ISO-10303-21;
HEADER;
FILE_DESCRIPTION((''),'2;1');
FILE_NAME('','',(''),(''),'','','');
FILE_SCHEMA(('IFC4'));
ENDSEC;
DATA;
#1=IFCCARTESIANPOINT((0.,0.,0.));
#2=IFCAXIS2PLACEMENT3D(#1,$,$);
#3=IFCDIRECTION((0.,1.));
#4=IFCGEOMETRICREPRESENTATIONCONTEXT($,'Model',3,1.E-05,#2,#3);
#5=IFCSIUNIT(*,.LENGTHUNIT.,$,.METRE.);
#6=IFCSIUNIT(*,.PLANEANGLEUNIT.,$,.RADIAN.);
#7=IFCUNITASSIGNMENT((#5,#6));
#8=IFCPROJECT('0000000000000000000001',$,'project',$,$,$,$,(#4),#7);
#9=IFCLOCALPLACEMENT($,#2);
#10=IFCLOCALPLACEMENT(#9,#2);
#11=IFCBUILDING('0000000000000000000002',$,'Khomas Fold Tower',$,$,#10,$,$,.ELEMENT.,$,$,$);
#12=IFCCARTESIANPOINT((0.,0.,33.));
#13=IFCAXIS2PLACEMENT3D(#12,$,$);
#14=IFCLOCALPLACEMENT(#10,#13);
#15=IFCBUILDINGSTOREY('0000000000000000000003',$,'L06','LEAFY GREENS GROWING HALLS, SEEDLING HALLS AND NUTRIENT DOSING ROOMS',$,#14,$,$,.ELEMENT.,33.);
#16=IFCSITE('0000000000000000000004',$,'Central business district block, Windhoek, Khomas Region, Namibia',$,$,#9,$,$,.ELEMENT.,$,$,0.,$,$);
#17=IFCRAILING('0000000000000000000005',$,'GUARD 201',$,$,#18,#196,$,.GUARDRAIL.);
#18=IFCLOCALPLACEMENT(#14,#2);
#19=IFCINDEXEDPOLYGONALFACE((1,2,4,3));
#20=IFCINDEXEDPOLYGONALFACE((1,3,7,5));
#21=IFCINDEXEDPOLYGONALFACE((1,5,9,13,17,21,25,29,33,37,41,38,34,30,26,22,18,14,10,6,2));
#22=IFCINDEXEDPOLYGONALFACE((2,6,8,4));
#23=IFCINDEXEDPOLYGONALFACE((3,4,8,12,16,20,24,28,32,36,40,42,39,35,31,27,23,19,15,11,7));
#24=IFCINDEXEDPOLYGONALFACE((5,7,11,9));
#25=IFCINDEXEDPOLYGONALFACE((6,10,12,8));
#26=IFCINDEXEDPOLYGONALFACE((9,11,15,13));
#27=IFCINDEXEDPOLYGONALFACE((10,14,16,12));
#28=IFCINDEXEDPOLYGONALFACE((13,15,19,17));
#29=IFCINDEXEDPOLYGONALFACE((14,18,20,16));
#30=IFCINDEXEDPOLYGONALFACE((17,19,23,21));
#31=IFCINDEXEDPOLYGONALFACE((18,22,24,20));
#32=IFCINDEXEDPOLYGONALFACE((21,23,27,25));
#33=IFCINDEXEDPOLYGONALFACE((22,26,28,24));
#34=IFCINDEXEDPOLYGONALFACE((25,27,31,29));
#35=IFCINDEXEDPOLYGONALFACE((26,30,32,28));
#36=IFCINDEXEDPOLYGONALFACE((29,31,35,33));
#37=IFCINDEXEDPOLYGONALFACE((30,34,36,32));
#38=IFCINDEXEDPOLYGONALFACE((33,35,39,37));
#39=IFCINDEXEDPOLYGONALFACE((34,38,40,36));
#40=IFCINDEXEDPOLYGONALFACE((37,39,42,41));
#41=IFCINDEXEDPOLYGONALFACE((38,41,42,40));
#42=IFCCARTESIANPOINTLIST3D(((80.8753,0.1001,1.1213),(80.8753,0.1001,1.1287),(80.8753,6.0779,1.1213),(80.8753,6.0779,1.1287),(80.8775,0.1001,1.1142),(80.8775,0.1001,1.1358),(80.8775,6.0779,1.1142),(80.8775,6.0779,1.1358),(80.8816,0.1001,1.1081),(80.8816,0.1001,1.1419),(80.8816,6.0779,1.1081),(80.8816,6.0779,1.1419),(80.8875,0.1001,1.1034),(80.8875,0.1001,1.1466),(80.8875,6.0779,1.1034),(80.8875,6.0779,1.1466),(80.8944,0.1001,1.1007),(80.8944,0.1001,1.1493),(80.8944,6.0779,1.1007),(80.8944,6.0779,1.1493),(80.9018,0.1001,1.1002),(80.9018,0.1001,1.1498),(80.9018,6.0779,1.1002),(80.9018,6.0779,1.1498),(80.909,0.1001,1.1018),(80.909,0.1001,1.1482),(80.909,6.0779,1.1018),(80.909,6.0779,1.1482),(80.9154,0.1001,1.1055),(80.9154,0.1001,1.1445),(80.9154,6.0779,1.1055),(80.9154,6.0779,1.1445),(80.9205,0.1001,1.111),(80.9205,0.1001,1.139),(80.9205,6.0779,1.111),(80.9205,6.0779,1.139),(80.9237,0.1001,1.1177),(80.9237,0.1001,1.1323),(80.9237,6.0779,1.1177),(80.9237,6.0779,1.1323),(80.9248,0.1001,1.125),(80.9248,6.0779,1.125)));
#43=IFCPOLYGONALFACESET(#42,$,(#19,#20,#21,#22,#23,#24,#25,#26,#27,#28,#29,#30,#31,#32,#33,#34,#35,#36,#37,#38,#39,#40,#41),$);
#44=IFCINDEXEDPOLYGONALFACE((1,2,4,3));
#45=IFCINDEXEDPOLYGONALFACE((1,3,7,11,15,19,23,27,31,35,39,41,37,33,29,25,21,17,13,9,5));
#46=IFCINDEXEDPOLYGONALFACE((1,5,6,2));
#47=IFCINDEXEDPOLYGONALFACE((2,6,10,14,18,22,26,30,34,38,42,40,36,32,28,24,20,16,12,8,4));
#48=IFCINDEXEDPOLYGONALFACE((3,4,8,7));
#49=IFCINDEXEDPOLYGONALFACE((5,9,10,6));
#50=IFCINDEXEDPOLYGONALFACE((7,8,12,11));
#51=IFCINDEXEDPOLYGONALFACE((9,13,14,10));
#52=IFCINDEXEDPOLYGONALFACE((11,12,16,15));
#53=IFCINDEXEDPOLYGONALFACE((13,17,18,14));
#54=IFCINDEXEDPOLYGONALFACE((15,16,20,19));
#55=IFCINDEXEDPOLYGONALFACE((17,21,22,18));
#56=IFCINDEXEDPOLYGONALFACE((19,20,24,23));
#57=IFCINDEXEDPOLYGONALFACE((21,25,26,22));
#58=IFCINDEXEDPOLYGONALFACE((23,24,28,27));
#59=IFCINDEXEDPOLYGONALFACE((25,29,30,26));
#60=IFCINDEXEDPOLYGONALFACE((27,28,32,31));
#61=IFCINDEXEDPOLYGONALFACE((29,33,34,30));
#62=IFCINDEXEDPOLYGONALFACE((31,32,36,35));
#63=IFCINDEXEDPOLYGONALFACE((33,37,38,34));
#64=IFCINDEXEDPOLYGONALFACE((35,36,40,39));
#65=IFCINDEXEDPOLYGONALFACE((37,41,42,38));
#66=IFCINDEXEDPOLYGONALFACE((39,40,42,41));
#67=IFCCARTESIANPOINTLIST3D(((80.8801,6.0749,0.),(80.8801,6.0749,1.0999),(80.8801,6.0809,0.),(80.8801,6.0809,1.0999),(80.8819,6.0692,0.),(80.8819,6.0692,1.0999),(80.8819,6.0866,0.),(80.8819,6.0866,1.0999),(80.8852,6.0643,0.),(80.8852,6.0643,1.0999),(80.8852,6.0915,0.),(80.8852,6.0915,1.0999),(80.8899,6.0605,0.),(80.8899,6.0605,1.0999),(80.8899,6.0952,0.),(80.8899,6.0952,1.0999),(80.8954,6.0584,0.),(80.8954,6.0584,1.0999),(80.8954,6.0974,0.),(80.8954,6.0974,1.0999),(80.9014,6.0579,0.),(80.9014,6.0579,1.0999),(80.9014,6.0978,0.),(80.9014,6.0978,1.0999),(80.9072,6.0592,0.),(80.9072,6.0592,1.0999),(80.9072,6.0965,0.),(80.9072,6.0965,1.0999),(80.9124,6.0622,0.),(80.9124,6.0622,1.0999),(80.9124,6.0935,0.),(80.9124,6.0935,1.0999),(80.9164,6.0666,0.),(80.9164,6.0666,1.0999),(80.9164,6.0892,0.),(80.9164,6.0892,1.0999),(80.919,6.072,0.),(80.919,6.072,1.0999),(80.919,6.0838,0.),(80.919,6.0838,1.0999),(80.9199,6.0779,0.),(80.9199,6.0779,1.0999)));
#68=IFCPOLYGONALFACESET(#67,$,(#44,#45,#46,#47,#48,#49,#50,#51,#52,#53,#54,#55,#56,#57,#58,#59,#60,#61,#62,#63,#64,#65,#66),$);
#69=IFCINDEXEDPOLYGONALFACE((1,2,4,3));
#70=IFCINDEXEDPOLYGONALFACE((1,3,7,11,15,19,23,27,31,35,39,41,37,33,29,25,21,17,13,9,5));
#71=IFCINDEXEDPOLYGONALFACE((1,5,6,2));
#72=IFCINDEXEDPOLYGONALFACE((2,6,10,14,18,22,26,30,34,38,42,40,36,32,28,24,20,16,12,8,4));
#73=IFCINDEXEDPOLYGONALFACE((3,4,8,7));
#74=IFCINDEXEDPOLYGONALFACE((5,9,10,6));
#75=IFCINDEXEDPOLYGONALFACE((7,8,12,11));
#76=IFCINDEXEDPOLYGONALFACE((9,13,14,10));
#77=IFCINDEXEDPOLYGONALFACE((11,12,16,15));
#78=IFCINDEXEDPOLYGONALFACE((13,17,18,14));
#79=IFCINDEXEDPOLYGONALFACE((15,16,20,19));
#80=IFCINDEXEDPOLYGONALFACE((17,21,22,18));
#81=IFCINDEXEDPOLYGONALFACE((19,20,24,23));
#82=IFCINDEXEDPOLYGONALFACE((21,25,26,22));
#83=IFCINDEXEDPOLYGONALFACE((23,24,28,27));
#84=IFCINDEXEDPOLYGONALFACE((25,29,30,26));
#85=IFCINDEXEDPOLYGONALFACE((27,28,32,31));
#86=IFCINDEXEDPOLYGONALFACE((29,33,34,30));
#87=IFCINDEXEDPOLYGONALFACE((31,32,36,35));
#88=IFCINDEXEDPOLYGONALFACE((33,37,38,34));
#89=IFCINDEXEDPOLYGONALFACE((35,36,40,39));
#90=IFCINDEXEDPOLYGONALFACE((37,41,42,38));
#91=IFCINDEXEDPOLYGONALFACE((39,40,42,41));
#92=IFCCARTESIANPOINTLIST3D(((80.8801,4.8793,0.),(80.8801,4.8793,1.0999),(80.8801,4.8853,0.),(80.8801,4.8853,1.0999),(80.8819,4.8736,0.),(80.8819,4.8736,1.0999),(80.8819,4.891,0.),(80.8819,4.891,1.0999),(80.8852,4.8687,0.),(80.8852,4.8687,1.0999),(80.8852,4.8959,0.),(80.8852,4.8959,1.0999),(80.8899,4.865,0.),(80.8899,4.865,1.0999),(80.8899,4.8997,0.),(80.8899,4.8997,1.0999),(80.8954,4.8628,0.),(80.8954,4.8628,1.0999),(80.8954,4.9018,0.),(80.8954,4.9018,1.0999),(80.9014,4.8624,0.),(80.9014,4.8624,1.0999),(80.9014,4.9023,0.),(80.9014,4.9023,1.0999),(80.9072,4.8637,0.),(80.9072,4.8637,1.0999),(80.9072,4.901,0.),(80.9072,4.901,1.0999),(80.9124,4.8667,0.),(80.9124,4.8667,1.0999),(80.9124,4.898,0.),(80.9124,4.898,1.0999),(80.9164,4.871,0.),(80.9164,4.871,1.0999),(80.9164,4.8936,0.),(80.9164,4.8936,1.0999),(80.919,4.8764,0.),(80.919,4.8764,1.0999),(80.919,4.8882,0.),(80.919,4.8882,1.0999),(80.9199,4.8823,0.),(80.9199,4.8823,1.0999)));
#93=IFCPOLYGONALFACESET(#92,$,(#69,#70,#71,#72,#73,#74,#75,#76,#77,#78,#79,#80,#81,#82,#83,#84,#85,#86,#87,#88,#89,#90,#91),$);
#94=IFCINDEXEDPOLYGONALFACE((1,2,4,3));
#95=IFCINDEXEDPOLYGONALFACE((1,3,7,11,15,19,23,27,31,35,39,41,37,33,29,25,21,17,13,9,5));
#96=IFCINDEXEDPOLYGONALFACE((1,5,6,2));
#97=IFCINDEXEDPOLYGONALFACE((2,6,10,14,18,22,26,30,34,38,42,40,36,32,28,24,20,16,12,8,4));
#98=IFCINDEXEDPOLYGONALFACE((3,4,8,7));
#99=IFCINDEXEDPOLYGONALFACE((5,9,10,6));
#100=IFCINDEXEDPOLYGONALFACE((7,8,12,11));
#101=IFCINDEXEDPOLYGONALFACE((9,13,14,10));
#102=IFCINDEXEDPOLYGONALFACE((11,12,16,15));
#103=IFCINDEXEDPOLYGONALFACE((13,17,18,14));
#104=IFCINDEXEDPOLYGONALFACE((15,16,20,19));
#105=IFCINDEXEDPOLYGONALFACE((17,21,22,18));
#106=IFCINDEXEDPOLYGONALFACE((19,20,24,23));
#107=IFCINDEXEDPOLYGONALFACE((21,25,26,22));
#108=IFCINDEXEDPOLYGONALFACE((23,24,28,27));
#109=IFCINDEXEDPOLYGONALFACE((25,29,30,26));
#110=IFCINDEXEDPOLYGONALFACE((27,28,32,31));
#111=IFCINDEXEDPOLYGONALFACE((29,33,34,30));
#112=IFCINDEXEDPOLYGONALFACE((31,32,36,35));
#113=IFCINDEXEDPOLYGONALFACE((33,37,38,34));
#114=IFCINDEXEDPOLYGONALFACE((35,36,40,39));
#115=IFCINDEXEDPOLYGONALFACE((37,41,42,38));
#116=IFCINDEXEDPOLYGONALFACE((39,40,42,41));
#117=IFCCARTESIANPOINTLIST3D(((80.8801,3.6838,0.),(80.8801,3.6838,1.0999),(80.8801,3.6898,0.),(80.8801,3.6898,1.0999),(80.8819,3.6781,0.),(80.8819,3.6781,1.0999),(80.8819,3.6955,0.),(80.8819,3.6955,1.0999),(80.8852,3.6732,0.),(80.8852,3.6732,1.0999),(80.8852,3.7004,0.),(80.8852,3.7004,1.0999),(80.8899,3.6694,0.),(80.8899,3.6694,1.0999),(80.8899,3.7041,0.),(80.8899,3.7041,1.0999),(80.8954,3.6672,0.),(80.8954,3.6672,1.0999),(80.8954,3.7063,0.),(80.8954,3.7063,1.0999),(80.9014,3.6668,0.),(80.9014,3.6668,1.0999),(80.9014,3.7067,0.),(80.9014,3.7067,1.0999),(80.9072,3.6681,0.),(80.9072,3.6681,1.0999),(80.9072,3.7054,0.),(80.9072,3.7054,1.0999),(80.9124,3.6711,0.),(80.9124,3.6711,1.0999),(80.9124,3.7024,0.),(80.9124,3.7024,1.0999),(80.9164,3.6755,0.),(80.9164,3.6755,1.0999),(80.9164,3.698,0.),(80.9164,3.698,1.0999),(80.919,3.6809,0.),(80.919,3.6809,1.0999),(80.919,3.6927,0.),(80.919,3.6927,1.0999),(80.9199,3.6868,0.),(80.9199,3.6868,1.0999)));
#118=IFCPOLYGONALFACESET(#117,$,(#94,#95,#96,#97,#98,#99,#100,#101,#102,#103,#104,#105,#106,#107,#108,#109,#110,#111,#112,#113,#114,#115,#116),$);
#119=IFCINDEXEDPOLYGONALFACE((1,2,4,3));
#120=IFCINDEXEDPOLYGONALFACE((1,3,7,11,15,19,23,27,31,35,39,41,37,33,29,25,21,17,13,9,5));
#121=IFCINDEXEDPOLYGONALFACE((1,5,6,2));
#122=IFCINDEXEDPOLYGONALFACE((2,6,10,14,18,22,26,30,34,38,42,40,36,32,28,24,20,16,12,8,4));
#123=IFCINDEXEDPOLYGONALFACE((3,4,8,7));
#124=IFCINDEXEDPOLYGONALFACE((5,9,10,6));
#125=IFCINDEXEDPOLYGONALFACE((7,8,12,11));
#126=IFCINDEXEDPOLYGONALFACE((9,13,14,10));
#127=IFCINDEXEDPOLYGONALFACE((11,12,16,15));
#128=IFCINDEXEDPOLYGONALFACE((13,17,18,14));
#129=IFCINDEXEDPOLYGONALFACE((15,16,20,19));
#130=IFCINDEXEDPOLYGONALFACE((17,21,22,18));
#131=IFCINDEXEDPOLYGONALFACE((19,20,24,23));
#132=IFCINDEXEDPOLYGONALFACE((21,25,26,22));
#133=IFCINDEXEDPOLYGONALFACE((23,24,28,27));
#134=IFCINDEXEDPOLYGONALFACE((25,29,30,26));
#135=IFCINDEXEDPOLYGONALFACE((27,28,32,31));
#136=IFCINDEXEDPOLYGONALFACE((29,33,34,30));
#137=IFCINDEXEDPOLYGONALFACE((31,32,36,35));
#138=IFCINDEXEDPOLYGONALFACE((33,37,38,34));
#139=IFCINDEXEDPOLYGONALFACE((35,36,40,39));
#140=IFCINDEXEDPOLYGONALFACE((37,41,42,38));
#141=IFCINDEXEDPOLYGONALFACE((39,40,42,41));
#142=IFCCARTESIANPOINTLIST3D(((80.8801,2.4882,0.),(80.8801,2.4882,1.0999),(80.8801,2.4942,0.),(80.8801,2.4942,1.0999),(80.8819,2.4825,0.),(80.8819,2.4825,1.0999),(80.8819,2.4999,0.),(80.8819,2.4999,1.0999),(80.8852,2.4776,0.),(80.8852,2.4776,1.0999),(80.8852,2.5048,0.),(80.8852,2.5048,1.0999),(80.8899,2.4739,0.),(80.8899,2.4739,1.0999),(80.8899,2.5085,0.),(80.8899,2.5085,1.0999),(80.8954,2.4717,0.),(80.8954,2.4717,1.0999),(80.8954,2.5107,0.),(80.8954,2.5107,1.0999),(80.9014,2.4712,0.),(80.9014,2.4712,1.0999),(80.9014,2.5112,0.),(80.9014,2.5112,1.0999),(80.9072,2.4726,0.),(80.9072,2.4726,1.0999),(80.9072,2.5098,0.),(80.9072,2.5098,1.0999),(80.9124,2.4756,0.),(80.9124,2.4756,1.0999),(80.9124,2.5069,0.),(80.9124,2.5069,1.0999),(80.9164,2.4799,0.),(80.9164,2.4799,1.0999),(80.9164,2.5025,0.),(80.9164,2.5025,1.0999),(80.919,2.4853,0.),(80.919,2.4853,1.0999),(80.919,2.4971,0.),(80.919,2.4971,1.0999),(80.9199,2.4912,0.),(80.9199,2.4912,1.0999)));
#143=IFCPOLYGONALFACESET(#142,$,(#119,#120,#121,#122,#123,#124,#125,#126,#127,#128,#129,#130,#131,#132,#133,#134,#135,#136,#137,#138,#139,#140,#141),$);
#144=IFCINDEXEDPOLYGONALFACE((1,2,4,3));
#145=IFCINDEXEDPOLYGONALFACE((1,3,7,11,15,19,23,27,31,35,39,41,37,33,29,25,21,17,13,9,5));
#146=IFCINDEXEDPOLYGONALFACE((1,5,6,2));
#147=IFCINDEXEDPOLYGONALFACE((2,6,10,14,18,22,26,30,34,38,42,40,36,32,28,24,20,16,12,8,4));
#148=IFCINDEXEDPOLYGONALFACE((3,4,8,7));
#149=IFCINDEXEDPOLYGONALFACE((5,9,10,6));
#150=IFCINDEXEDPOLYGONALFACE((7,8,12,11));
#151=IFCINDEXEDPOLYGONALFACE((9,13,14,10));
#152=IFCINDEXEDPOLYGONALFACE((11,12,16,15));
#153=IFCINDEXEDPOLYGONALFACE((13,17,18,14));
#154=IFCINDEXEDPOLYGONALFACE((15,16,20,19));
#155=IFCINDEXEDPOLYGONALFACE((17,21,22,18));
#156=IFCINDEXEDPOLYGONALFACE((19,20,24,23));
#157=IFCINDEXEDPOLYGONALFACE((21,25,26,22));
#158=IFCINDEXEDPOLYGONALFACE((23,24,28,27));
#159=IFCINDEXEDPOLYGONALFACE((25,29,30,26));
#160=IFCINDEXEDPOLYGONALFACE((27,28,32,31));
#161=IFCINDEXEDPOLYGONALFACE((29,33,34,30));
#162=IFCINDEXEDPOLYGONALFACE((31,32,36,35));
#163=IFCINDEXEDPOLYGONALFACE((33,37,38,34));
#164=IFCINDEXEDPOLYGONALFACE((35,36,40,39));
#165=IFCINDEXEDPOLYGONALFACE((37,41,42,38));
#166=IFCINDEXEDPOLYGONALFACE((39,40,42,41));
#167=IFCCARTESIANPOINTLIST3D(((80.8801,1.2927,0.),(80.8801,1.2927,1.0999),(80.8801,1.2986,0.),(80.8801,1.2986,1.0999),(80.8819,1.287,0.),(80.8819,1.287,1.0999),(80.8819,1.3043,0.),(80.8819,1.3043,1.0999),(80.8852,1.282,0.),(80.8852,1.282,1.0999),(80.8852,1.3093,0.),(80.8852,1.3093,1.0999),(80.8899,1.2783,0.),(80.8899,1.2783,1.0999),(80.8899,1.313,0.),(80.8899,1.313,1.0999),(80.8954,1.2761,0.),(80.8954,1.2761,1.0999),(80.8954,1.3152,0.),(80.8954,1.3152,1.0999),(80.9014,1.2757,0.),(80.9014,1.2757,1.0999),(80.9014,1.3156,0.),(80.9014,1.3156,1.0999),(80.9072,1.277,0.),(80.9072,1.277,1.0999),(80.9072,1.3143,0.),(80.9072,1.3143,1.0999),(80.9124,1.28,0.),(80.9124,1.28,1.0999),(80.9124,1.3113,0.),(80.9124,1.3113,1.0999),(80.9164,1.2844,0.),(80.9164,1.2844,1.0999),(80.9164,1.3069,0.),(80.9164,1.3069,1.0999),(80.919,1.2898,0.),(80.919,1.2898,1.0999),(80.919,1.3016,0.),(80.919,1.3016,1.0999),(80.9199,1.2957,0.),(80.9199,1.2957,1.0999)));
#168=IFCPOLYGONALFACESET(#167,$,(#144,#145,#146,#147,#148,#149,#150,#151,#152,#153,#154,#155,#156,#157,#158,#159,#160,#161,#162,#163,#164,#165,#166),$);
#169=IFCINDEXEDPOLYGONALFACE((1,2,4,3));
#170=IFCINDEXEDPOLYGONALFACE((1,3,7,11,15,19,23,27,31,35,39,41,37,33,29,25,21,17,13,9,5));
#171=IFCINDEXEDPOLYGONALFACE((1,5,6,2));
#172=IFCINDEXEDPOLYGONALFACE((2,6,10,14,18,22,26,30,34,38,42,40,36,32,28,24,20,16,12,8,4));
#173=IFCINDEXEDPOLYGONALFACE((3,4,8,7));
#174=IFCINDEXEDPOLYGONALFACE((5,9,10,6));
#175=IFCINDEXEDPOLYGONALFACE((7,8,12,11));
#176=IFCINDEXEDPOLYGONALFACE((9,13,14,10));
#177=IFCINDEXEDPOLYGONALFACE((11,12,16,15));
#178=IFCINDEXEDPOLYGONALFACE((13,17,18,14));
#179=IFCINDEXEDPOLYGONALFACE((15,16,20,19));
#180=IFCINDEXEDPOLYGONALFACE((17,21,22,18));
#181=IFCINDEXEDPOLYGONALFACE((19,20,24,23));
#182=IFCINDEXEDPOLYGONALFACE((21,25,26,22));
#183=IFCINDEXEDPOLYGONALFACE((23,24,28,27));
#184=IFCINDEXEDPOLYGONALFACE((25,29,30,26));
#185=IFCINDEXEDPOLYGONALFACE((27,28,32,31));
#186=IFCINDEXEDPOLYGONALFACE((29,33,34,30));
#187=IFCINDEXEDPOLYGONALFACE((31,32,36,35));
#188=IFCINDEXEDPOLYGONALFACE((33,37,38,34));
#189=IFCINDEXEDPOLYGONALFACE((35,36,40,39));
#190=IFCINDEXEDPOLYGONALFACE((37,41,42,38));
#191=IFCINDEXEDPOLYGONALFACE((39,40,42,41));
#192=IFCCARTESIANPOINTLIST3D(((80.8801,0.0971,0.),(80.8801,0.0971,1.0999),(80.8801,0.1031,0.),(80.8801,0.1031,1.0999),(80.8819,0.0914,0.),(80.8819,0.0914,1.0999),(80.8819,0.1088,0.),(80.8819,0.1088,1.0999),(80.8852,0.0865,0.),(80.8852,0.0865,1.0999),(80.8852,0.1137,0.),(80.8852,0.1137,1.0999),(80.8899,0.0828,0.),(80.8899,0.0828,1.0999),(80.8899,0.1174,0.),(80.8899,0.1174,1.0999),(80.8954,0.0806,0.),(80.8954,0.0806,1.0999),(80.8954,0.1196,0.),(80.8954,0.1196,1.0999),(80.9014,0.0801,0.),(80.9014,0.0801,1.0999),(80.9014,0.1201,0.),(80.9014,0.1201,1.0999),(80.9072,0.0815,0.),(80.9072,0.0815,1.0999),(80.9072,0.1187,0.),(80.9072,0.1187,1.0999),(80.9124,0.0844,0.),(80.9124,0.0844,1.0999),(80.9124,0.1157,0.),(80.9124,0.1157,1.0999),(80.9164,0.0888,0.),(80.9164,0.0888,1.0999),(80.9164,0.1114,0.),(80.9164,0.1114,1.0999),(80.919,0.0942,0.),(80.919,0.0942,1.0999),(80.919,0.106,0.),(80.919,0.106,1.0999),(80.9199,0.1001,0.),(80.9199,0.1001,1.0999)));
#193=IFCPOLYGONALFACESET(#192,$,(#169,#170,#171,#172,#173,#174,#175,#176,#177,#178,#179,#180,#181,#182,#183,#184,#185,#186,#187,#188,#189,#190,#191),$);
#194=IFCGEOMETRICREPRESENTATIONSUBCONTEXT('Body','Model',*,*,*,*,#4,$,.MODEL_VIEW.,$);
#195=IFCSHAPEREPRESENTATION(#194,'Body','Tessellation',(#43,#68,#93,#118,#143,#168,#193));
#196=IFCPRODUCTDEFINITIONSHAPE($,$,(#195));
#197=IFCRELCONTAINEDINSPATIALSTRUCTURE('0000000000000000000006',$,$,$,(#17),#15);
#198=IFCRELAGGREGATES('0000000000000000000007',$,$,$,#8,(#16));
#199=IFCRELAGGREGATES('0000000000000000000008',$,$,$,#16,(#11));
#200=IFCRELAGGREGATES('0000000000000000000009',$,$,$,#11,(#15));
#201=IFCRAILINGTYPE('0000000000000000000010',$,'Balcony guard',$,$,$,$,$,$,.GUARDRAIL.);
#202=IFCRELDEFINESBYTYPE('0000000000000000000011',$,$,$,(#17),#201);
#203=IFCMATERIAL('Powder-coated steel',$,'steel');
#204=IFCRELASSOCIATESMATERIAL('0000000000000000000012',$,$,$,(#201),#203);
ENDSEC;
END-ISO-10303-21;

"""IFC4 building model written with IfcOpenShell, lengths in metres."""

from ifc_helpers import new_model, si_unit, direction, frame, origin, origin_2d, place, context, subcontext, project, spatial, circle, extrude, source, transform, mapped, material, type_object, element, save


model = new_model("IFC4")

# Units and contexts
model_context = context("Model", 3, precision=1e-05, world=origin(), true_north=direction((0.0, 1.0)))
body_context = subcontext(model_context, "Body", "Model", "MODEL_VIEW")
ifc_project = project(units=[si_unit("LENGTHUNIT", "METRE"), si_unit("PLANEANGLEUNIT", "RADIAN")], contexts=[model_context])

# Site, building, storey
site_placement = place(None, origin())
site = spatial("IfcSite", under=ifc_project, at=site_placement, Name="Central business district block, Windhoek, Khomas Region, Namibia", CompositionType="ELEMENT", RefElevation=0.0)
building_placement = place(site_placement, origin())
building = spatial("IfcBuilding", under=site, at=building_placement, Name="Khomas Fold Tower", CompositionType="ELEMENT")
storey_placement = place(building_placement, frame((0.0, 0.0, 33.0)))
storey = spatial("IfcBuildingStorey", under=building, at=storey_placement, Name="L06", Description="LEAFY GREENS GROWING HALLS, SEEDLING HALLS AND NUTRIENT DOSING ROOMS", CompositionType="ELEMENT", Elevation=33.0)

# Railing
ifc_material_1 = material(Name="Powder-coated steel", Category="steel")
railing_type_1 = type_object("IfcRailingType", Name="Balcony guard", PredefinedType="GUARDRAIL", material=ifc_material_1)
shared_shape_1 = source(origin(), body_context, "Body", "SweptSolid", [
    extrude(circle(Radius=0.0249, at=origin_2d()), frame((0.0, 0.0, 1.125), z_axis=(0.0, -1.0, 0.0), x_axis=(1.0, 0.0, 0.0)), (0.0, 0.0, 1.0), 5.9778),
    extrude(circle(Radius=0.02, at=origin_2d()), origin(), (0.0, 0.0, 1.0), 1.0999),
    extrude(circle(Radius=0.02, at=origin_2d()), frame((0.0, -1.1956, 0.0)), (0.0, 0.0, 1.0), 1.0999),
    extrude(circle(Radius=0.02, at=origin_2d()), frame((0.0, -2.3911, 0.0)), (0.0, 0.0, 1.0), 1.0999),
    extrude(circle(Radius=0.02, at=origin_2d()), frame((0.0, -3.5867, 0.0)), (0.0, 0.0, 1.0), 1.0999),
    extrude(circle(Radius=0.02, at=origin_2d()), frame((0.0, -4.7822, 0.0)), (0.0, 0.0, 1.0), 1.0999),
    extrude(circle(Radius=0.02, at=origin_2d()), frame((0.0, -5.9778, 0.0)), (0.0, 0.0, 1.0), 1.0999),
])
for number, where, name in (
    (1, (80.8999, 6.0779, 0.0), "GUARD 201"),
):
    element("IfcRailing", number, at=place(storey_placement, frame(where)), inside=storey, type_object=railing_type_1, Name=name, PredefinedType="GUARDRAIL", context=body_context, shape_type="MappedRepresentation", body=[
        mapped(shared_shape_1, transform((0.0, 0.0, 0.0))),
    ])

save(model, "model.ifc")
